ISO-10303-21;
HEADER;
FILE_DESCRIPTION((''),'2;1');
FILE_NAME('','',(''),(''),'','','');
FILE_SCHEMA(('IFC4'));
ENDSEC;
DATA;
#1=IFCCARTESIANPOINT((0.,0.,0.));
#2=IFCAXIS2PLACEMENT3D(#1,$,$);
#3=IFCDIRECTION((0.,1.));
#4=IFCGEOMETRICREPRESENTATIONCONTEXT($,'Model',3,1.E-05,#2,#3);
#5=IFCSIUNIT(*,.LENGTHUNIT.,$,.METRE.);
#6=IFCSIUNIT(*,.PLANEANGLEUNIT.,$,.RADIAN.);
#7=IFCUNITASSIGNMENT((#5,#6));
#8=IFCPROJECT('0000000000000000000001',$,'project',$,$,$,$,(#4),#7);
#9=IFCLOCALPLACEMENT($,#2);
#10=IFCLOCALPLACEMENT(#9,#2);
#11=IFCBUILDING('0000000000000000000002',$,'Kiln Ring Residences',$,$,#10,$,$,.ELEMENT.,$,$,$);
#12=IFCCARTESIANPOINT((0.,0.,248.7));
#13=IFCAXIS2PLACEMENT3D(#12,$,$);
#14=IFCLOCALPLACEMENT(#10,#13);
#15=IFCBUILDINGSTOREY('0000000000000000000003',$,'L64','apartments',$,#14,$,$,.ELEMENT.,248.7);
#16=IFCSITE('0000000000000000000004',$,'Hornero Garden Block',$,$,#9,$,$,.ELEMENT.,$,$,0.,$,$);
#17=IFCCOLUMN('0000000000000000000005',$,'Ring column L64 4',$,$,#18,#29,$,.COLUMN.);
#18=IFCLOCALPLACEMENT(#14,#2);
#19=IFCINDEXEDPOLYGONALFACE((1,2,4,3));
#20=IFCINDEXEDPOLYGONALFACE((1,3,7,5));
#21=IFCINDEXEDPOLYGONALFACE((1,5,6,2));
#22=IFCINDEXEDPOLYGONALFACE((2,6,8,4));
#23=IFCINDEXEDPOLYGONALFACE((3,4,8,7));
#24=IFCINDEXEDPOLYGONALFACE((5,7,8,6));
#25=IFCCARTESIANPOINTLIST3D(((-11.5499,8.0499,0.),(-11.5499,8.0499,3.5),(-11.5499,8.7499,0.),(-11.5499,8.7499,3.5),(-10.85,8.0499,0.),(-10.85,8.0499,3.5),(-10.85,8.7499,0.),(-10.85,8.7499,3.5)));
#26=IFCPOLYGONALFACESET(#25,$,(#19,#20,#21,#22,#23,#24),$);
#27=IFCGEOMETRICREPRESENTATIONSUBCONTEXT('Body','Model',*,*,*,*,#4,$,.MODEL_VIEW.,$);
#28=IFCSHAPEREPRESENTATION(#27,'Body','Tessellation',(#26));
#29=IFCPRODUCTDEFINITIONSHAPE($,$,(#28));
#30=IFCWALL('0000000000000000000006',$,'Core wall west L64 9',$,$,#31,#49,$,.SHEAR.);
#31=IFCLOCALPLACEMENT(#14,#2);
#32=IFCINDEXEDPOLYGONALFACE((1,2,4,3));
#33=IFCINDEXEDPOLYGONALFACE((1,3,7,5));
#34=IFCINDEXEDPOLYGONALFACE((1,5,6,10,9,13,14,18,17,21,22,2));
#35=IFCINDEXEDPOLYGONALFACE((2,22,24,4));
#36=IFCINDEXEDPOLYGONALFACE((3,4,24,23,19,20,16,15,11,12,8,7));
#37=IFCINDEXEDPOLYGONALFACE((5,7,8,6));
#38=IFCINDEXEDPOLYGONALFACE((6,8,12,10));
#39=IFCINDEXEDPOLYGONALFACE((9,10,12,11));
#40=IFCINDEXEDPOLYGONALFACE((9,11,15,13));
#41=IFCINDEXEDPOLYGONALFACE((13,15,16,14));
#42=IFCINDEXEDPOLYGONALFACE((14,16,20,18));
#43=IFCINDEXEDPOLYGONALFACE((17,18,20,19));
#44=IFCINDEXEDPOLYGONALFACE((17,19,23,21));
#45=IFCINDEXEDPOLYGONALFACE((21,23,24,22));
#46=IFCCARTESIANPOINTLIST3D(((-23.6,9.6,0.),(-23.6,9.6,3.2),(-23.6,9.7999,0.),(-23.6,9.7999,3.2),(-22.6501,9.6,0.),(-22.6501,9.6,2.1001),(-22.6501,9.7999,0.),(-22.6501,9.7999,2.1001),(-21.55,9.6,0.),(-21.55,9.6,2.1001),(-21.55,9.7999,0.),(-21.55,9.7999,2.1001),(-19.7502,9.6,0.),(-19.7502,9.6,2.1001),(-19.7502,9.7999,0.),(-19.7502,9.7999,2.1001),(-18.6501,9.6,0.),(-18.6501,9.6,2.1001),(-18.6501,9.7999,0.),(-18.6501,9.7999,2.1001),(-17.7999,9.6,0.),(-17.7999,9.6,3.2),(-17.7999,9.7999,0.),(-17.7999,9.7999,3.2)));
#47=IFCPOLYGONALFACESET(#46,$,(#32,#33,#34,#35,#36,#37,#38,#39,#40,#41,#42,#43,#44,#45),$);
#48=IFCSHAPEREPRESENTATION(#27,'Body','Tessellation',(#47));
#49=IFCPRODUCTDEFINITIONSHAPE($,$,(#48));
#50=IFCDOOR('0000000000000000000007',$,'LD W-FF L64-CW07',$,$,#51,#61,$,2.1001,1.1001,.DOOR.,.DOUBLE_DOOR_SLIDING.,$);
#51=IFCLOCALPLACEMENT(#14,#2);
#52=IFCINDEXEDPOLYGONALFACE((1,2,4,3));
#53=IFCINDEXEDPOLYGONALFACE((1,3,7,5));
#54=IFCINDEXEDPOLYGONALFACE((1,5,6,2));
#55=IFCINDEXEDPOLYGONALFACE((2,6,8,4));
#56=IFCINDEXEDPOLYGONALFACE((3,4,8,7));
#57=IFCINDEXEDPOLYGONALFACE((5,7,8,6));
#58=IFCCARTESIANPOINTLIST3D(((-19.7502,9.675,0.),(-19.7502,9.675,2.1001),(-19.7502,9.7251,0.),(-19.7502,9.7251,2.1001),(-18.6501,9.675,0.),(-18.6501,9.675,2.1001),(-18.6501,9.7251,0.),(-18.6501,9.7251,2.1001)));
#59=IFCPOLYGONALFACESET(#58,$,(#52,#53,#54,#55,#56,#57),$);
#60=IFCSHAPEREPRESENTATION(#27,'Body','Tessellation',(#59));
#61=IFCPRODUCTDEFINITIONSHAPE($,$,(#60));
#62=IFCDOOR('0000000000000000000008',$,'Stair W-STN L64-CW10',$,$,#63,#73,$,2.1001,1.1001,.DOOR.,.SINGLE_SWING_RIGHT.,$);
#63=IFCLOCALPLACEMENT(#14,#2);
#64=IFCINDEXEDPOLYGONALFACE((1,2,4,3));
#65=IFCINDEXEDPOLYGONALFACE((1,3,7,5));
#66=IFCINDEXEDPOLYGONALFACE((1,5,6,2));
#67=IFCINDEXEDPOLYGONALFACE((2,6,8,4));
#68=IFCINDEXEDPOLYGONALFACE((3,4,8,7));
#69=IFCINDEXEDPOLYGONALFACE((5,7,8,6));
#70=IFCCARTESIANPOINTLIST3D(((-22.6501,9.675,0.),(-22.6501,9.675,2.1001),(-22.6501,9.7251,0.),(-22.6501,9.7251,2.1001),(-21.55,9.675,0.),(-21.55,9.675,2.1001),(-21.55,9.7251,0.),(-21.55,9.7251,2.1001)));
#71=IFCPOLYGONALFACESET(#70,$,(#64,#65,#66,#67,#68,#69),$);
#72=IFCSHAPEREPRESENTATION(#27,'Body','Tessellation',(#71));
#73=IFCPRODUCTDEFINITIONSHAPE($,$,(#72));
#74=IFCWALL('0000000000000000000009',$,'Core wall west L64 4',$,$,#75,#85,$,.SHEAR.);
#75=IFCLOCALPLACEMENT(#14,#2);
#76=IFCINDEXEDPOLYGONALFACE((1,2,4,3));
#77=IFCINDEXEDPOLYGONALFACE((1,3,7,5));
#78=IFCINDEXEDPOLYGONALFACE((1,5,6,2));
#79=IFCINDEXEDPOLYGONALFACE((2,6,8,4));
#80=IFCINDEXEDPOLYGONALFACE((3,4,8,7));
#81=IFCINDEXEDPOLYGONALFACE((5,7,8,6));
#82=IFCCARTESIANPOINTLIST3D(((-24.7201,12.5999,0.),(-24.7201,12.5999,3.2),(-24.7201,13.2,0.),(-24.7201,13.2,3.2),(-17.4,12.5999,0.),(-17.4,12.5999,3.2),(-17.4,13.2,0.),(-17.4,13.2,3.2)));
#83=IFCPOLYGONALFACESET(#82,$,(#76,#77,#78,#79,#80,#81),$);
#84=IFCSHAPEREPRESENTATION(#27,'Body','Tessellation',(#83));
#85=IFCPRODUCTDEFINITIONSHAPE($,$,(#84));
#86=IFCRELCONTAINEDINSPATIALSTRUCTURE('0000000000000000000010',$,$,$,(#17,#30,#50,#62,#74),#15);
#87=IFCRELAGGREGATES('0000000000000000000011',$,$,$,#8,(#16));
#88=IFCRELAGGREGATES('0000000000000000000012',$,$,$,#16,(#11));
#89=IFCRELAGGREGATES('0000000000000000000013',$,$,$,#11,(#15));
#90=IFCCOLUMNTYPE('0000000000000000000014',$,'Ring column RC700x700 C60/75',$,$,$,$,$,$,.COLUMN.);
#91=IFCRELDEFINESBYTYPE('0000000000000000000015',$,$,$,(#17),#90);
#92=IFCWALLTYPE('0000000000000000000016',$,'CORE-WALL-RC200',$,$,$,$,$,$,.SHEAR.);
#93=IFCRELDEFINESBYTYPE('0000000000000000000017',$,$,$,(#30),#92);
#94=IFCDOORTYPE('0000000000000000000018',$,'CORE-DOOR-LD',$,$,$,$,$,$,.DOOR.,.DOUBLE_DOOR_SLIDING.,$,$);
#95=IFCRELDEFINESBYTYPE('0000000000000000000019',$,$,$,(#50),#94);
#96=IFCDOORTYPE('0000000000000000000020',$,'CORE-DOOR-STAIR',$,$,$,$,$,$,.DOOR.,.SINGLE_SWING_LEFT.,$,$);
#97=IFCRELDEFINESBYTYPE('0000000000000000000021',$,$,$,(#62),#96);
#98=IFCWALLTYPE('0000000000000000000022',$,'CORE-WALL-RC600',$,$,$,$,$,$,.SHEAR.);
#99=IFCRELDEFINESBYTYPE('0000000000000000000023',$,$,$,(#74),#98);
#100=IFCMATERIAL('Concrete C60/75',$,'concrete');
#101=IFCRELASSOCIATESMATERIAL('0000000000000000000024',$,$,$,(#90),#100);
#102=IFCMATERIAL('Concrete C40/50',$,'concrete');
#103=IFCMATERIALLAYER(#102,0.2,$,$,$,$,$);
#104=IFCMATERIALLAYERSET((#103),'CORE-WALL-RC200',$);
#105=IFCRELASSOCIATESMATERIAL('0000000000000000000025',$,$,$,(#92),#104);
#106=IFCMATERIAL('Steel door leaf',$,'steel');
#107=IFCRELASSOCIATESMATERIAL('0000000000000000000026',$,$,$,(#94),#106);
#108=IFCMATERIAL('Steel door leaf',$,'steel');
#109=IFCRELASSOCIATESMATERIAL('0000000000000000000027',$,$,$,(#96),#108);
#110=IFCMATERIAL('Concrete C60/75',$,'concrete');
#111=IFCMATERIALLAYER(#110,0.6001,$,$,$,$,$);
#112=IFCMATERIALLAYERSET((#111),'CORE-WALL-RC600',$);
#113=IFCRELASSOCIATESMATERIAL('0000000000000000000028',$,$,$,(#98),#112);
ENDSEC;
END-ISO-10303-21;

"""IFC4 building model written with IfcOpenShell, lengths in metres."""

from ifc_helpers import new_model, si_unit, direction, frame, frame_2d, origin, origin_2d, place, context, subcontext, project, spatial, rectangle, extrude, material, layer, layer_set, material_profile, profile_set, type_object, element, fill, save


model = new_model("IFC4")

# Units and contexts
model_context = context("Model", 3, precision=1e-05, world=origin(), true_north=direction((0.0, 1.0)))
body_context = subcontext(model_context, "Body", "Model", "MODEL_VIEW")
ifc_project = project(units=[si_unit("LENGTHUNIT", "METRE"), si_unit("PLANEANGLEUNIT", "RADIAN")], contexts=[model_context])

# Site, building, storey
site_placement = place(None, origin())
site = spatial("IfcSite", under=ifc_project, at=site_placement, Name="Hornero Garden Block", CompositionType="ELEMENT", RefElevation=0.0)
building_placement = place(site_placement, origin())
building = spatial("IfcBuilding", under=site, at=building_placement, Name="Kiln Ring Residences", CompositionType="ELEMENT")
storey_placement = place(building_placement, frame((0.0, 0.0, 248.7)))
storey = spatial("IfcBuildingStorey", under=building, at=storey_placement, Name="L64", Description="apartments", CompositionType="ELEMENT", Elevation=248.7)

# Column
ifc_material_1 = material(Name="Concrete C60/75", Category="concrete")
ifc_material_profile = material_profile(ifc_material_1, rectangle(XDim=0.7, YDim=0.7, at=origin_2d()), Name="RC700x700")
ifc_profile_set = profile_set([ifc_material_profile], Name="Concrete C60/75")
column_type = type_object("IfcColumnType", Name="Ring column RC700x700 C60/75", PredefinedType="COLUMN", material=ifc_profile_set)
column_placement = place(storey_placement, frame((-11.2, 8.3999, 0.0), z_axis=(0.0, 0.0, 1.0), x_axis=(1.0, 0.0, 0.0)))
element("IfcColumn", 1, at=column_placement, inside=storey, type_object=column_type, Name="Ring column L64 4", PredefinedType="COLUMN", context=body_context, shape_type="SweptSolid", body=[
    extrude(rectangle(XDim=0.7, YDim=0.7, at=origin_2d()), origin(), (0.0, 0.0, 1.0), 3.5),
])

# Wall, openings, doors
ifc_material_2 = material(Name="Concrete C40/50", Category="concrete")
ifc_layer_1 = layer(ifc_material_2, 0.2)
ifc_layer_set_1 = layer_set([ifc_layer_1], Name="CORE-WALL-RC200")
wall_type_1 = type_object("IfcWallType", Name="CORE-WALL-RC200", PredefinedType="SHEAR", material=ifc_layer_set_1)
wall_1_placement = place(storey_placement, frame((-17.8, 9.7, 0.0), z_axis=(0.0, 0.0, 1.0), x_axis=(-1.0, 0.0, 0.0)))
wall_1 = element("IfcWall", 2, at=wall_1_placement, inside=storey, type_object=wall_type_1, Name="Core wall west L64 9", PredefinedType="SHEAR", context=body_context, shape_type="SweptSolid", body=[
    extrude(rectangle(XDim=5.8, YDim=0.2, at=frame_2d((2.8999, 0.0))), origin(), (0.0, 0.0, 1.0), 3.2),
])
opening_1_placement = place(wall_1_placement, frame((0.8501, 0.0, 0.0)))
opening_1 = element("IfcOpeningElement", 3, at=opening_1_placement, cuts=wall_1, PredefinedType="OPENING", context=body_context, shape_type="SweptSolid", body=[
    extrude(rectangle(XDim=1.1001, YDim=2.1001, at=frame_2d((0.55, 1.05))), frame((0.0, 0.1099, 0.0), z_axis=(0.0, -1.0, 0.0), x_axis=(1.0, 0.0, 0.0)), (0.0, 0.0, 1.0), 0.22),
])
opening_2_placement = place(wall_1_placement, frame((3.75, 0.0, 0.0)))
opening_2 = element("IfcOpeningElement", 4, at=opening_2_placement, cuts=wall_1, PredefinedType="OPENING", context=body_context, shape_type="SweptSolid", body=[
    extrude(rectangle(XDim=1.1001, YDim=2.1001, at=frame_2d((0.55, 1.05))), frame((0.0, 0.1099, 0.0), z_axis=(0.0, -1.0, 0.0), x_axis=(1.0, 0.0, 0.0)), (0.0, 0.0, 1.0), 0.22),
])
ifc_material_3 = material(Name="Steel door leaf", Category="steel")
door_type_1 = type_object("IfcDoorType", Name="CORE-DOOR-LD", OperationType="DOUBLE_DOOR_SLIDING", PredefinedType="DOOR", material=ifc_material_3)
door_1_placement = place(opening_1_placement, origin())
door_1 = element("IfcDoor", 5, at=door_1_placement, inside=storey, type_object=door_type_1, Name="LD W-FF L64-CW07", OperationType="DOUBLE_DOOR_SLIDING", OverallHeight=2.1001, OverallWidth=1.1001, PredefinedType="DOOR", context=body_context, shape_type="SweptSolid", body=[
    extrude(rectangle(XDim=1.1001, YDim=2.1001, at=frame_2d((0.55, 1.05))), frame((0.0, 0.0249, 0.0), z_axis=(0.0, -1.0, 0.0), x_axis=(1.0, 0.0, 0.0)), (0.0, 0.0, 1.0), 0.05),
])
fill(opening_1, door_1)
ifc_material_4 = material(Name="Steel door leaf", Category="steel")
door_type_2 = type_object("IfcDoorType", Name="CORE-DOOR-STAIR", OperationType="SINGLE_SWING_LEFT", PredefinedType="DOOR", material=ifc_material_4)
door_2_placement = place(opening_2_placement, origin())
door_2 = element("IfcDoor", 6, at=door_2_placement, inside=storey, type_object=door_type_2, Name="Stair W-STN L64-CW10", OperationType="SINGLE_SWING_RIGHT", OverallHeight=2.1001, OverallWidth=1.1001, PredefinedType="DOOR", context=body_context, shape_type="SweptSolid", body=[
    extrude(rectangle(XDim=1.1001, YDim=2.1001, at=frame_2d((0.55, 1.05))), frame((0.0, 0.0249, 0.0), z_axis=(0.0, -1.0, 0.0), x_axis=(1.0, 0.0, 0.0)), (0.0, 0.0, 1.0), 0.05),
])
fill(opening_2, door_2)

# Wall
ifc_material_5 = material(Name="Concrete C60/75", Category="concrete")
ifc_layer_2 = layer(ifc_material_5, 0.6001)
ifc_layer_set_2 = layer_set([ifc_layer_2], Name="CORE-WALL-RC600")
wall_type_2 = type_object("IfcWallType", Name="CORE-WALL-RC600", PredefinedType="SHEAR", material=ifc_layer_set_2)
wall_2_placement = place(storey_placement, frame((-17.3999, 12.8999, 0.0), z_axis=(0.0, 0.0, 1.0), x_axis=(-1.0, 0.0, 0.0)))
element("IfcWall", 7, at=wall_2_placement, inside=storey, type_object=wall_type_2, Name="Core wall west L64 4", PredefinedType="SHEAR", context=body_context, shape_type="SweptSolid", body=[
    extrude(rectangle(XDim=7.3201, YDim=0.6001, at=frame_2d((3.6602, 0.0))), origin(), (0.0, 0.0, 1.0), 3.2),
])

save(model, "model.ifc")
